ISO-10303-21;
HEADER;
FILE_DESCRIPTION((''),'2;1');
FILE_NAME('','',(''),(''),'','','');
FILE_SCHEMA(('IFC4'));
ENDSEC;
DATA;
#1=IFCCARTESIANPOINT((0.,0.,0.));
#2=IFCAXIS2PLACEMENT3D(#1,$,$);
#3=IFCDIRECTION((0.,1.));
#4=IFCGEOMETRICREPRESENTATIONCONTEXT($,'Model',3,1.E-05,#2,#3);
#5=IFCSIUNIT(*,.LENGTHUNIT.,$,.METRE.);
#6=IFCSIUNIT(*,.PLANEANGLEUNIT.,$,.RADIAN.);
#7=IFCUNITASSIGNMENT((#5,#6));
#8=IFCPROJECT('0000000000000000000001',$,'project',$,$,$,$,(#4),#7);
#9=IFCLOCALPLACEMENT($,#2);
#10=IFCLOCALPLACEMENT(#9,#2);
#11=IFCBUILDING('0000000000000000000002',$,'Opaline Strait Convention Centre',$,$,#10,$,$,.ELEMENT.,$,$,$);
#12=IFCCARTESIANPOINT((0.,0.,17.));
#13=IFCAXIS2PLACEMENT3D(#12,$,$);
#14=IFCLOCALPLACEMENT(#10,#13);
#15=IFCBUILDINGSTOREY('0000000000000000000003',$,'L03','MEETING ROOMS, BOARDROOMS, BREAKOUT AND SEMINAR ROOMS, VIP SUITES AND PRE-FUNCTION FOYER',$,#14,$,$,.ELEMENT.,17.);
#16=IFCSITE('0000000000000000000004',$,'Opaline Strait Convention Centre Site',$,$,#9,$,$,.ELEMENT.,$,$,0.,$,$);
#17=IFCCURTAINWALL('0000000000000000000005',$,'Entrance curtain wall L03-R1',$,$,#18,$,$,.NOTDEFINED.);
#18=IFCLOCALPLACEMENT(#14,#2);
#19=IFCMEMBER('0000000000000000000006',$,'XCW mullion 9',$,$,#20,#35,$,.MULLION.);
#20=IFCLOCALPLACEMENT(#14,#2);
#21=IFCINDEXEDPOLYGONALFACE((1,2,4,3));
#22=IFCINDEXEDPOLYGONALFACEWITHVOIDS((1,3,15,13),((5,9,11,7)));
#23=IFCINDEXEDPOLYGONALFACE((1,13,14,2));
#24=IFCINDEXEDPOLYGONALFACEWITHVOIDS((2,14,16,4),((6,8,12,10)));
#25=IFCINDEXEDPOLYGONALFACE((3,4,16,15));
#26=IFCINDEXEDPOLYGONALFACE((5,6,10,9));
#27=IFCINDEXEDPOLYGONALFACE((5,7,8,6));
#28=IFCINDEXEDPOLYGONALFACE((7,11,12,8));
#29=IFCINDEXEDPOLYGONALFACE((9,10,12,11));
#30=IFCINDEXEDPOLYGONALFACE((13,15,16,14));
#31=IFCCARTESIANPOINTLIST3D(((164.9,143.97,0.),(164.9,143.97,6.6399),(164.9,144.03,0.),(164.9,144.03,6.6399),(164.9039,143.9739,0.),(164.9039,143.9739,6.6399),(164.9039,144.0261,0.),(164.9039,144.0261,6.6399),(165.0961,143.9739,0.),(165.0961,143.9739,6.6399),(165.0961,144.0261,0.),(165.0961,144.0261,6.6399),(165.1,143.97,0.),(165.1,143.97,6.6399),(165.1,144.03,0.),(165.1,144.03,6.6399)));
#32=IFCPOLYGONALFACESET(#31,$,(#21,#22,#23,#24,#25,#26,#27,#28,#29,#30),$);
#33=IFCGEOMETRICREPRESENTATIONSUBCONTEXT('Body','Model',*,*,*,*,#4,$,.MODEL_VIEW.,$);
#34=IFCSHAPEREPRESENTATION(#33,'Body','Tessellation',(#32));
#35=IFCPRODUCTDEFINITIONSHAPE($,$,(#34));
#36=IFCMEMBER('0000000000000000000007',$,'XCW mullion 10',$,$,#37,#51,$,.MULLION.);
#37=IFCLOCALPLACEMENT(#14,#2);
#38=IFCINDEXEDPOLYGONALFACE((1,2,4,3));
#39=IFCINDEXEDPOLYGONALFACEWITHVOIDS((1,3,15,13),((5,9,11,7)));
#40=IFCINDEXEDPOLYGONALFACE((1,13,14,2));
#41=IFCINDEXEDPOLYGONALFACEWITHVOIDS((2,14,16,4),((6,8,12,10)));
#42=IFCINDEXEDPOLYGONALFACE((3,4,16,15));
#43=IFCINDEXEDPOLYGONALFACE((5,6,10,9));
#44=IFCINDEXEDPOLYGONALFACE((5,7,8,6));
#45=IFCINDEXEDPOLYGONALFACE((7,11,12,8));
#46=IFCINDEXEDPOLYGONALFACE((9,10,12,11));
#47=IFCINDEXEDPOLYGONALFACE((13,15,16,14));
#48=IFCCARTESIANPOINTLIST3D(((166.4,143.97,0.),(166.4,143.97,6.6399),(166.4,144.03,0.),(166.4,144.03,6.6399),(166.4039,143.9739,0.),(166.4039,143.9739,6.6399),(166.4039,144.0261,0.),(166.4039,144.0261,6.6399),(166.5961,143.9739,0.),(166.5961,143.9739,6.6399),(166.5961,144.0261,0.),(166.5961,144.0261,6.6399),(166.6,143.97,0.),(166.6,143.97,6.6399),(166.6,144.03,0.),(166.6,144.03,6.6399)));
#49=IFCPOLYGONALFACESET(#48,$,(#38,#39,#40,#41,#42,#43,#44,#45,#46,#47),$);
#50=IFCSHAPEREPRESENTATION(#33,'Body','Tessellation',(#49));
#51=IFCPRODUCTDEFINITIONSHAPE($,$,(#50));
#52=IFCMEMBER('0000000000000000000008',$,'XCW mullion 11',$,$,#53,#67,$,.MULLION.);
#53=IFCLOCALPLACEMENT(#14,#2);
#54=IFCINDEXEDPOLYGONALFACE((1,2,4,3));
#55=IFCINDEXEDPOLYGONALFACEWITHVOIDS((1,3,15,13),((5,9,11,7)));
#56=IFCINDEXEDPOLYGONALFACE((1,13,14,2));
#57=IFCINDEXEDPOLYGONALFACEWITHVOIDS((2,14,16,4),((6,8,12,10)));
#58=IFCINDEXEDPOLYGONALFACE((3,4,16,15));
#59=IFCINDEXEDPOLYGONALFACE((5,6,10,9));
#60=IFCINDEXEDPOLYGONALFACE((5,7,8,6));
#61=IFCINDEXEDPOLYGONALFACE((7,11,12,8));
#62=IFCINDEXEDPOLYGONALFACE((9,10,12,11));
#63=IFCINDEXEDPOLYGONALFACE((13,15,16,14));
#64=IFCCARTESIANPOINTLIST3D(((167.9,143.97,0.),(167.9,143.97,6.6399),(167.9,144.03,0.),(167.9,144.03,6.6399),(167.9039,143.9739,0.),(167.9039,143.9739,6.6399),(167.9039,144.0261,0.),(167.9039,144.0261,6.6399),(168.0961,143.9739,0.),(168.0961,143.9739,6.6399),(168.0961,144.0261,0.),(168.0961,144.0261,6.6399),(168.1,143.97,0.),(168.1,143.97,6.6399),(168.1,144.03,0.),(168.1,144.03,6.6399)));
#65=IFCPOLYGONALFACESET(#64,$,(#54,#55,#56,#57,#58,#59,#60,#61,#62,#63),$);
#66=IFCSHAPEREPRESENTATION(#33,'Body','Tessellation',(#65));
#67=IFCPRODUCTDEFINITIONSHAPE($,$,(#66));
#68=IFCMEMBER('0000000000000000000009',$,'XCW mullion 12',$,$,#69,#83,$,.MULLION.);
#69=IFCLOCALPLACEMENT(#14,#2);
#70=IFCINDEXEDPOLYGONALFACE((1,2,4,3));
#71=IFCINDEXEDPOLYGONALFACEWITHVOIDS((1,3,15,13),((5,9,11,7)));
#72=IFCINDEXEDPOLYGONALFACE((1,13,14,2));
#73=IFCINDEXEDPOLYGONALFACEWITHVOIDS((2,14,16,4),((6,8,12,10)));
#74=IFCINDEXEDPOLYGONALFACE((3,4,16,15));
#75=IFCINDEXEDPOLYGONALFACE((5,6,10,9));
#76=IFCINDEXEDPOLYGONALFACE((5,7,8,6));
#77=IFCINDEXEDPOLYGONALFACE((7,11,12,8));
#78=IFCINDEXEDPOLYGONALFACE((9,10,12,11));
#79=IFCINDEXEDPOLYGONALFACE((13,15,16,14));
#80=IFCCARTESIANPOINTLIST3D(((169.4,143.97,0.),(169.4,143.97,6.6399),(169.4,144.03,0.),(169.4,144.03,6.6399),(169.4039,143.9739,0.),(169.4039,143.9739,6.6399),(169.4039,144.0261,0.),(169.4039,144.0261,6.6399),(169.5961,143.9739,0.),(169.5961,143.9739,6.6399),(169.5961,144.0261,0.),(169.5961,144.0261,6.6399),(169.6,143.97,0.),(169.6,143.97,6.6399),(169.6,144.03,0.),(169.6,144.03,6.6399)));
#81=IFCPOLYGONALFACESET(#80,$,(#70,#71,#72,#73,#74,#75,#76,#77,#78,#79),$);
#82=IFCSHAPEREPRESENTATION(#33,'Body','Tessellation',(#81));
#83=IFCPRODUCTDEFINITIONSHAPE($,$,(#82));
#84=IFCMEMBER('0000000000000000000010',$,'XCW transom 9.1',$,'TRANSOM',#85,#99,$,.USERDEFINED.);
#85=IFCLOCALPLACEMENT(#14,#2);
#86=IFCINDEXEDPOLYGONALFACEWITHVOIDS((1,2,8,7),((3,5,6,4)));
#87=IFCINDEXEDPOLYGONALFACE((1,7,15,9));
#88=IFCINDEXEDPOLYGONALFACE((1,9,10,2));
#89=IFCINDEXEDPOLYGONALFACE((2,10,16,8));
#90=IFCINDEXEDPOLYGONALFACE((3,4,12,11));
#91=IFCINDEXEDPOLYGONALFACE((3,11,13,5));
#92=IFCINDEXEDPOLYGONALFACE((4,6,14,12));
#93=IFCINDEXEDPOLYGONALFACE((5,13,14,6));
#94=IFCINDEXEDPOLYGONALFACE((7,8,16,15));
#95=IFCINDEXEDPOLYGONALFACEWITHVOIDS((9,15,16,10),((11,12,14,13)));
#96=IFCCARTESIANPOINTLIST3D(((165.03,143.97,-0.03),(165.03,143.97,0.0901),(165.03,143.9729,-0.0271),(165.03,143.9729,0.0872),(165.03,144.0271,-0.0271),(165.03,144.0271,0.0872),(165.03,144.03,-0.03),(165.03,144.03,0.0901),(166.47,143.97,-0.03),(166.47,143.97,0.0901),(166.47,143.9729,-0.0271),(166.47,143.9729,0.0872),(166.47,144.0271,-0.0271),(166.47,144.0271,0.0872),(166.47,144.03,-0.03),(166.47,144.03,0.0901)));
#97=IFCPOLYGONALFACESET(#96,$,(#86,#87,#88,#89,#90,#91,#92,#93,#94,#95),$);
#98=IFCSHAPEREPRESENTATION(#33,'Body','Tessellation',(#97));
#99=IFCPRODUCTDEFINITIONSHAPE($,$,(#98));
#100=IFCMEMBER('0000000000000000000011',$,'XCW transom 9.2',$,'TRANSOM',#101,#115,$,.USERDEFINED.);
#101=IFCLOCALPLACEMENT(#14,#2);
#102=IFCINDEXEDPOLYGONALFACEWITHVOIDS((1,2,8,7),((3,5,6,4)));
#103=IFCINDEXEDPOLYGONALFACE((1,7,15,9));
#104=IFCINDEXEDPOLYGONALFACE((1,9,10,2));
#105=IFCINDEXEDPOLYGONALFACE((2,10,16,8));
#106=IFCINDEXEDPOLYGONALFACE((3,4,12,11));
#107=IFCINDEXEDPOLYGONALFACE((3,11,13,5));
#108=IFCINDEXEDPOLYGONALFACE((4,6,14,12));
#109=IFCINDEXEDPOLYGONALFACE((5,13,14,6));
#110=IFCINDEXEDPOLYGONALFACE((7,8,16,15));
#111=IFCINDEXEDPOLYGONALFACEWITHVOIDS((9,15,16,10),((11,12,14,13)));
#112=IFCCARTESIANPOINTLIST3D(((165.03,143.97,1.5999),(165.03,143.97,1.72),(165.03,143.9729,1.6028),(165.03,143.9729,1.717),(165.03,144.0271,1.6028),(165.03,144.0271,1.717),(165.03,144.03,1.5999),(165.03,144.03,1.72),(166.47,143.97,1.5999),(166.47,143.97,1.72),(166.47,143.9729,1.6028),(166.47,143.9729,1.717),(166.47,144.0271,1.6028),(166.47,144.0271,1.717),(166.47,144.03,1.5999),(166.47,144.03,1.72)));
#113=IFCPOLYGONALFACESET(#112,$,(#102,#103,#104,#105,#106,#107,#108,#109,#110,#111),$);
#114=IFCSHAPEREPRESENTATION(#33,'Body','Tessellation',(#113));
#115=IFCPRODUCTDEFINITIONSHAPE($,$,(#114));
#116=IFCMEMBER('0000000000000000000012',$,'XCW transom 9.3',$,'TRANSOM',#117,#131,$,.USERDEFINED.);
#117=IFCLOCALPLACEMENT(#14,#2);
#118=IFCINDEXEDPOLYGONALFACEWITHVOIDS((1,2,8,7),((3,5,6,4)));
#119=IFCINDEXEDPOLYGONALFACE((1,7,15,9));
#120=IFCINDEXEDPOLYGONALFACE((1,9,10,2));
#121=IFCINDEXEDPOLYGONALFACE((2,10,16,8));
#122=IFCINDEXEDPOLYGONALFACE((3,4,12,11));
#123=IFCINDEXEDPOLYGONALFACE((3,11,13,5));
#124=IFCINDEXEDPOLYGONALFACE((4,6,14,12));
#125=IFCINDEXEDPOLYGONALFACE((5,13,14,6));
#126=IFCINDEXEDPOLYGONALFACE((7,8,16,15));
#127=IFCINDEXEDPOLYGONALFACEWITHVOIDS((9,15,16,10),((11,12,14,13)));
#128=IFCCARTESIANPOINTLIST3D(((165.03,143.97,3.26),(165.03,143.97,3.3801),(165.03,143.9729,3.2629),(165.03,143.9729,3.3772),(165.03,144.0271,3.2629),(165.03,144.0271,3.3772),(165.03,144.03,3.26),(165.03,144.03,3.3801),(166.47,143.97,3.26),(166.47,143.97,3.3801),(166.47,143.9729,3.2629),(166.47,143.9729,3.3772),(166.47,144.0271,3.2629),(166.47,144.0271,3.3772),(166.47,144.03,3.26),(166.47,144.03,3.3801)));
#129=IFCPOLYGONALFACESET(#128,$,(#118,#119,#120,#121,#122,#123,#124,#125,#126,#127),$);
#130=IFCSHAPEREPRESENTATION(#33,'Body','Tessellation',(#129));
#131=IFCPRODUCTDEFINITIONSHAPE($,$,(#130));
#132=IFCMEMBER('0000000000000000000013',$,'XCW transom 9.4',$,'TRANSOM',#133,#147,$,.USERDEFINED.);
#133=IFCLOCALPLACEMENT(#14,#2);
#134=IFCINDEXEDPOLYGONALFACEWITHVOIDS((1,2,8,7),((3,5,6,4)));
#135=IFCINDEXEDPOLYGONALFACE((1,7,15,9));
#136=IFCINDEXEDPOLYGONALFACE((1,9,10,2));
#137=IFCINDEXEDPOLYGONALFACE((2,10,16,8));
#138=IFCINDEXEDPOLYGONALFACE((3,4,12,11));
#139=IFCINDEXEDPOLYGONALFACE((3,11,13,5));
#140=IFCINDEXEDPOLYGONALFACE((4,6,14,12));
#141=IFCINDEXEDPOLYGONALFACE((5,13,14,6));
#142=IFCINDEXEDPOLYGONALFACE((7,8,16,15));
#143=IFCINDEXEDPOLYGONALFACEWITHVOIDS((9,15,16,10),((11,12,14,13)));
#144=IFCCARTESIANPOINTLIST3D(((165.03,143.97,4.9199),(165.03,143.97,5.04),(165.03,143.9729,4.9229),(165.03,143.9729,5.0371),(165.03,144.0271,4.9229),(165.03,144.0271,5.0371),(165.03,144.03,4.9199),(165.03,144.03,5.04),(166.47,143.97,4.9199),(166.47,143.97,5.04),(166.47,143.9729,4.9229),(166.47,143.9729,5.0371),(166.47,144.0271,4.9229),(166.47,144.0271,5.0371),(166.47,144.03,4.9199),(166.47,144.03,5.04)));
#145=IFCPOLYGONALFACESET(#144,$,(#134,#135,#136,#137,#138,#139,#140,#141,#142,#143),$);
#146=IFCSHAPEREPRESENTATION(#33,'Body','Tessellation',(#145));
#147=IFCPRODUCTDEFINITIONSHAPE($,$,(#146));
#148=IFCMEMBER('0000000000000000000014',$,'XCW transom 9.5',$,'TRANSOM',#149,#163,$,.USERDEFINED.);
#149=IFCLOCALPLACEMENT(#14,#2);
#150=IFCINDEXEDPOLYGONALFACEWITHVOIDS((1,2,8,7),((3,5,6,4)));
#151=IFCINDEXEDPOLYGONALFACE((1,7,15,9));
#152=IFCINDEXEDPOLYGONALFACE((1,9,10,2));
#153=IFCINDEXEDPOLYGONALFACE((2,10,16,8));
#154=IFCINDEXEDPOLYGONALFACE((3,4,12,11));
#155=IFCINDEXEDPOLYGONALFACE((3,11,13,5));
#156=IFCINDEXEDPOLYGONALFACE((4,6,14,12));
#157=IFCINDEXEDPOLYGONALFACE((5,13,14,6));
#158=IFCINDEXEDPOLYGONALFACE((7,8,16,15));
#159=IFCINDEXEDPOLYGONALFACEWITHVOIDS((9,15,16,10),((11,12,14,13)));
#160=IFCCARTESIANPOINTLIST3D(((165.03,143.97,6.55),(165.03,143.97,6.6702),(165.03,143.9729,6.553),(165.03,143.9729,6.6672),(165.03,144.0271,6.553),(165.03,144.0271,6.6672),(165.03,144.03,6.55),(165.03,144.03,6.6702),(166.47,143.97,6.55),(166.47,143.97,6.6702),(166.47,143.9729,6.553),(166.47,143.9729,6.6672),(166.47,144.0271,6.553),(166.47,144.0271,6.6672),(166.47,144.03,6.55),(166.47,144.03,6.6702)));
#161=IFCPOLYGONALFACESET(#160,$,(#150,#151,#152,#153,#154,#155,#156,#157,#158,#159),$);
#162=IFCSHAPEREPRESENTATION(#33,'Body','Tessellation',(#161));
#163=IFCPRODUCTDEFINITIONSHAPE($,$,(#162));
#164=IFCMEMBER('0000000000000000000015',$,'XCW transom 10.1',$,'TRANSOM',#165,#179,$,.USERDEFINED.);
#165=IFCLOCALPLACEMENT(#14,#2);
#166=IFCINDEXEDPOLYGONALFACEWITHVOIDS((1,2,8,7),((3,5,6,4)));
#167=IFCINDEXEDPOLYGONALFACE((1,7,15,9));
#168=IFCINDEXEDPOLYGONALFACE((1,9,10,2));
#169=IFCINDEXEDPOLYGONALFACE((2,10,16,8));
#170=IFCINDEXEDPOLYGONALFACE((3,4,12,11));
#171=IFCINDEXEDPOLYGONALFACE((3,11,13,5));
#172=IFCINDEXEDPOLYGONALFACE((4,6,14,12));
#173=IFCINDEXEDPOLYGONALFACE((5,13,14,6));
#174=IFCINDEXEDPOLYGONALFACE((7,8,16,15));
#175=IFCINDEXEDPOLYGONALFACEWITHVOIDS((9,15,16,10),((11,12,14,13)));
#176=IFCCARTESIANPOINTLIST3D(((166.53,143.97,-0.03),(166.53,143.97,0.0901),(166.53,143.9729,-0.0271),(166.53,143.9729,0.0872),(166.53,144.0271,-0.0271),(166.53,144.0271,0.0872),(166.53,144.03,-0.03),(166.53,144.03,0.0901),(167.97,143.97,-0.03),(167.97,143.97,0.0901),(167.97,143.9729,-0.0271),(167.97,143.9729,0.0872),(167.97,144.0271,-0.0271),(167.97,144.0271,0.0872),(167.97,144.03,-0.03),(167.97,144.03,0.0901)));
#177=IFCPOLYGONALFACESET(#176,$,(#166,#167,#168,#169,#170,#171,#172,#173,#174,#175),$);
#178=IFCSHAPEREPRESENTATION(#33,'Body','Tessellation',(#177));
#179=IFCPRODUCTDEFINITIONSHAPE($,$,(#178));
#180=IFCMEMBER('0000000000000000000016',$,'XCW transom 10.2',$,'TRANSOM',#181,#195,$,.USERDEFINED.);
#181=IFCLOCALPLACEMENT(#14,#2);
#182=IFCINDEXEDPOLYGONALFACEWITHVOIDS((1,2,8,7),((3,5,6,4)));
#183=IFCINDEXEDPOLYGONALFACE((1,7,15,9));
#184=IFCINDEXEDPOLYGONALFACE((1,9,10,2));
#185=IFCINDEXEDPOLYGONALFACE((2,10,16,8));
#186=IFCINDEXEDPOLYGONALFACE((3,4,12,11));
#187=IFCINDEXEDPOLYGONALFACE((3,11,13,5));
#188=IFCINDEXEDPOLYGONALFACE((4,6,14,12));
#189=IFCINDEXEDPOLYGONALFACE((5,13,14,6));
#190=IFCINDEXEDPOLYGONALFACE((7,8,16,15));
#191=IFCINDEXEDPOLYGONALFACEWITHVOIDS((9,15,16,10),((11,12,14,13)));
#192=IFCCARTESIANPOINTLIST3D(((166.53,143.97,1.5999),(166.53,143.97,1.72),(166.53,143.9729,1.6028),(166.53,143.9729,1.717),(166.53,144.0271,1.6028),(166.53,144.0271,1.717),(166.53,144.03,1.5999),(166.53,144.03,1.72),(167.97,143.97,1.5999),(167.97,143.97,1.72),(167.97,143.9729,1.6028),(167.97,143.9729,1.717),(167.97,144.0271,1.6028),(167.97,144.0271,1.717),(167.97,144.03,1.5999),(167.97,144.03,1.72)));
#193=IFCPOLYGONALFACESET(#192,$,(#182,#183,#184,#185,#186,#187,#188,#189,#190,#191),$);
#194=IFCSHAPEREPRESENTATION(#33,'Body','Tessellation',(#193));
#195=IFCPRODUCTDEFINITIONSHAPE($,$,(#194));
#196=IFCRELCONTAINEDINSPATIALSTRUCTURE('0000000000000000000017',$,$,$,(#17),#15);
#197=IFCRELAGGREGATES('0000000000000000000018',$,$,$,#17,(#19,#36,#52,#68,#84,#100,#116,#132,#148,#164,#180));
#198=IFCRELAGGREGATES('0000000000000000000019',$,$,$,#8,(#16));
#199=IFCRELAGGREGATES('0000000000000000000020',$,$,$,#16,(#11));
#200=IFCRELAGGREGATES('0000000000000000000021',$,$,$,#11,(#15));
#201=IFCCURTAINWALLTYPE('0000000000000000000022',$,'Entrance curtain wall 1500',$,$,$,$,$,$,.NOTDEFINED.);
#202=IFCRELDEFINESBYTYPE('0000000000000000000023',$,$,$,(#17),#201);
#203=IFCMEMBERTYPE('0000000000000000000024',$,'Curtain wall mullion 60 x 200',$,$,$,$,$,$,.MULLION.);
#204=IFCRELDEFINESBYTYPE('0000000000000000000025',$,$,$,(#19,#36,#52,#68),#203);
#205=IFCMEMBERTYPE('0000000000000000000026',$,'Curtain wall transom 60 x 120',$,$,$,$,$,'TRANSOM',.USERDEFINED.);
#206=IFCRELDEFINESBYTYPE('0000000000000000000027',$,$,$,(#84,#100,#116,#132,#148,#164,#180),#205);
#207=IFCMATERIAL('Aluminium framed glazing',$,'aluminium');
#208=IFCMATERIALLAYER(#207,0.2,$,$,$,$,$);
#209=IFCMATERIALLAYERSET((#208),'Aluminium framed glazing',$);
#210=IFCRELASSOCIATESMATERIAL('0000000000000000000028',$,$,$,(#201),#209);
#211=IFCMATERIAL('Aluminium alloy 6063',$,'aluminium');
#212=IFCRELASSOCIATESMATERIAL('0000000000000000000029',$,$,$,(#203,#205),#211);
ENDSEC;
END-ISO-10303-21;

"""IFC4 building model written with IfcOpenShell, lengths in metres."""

from ifc_helpers import new_model, si_unit, direction, frame, origin, origin_2d, place, context, subcontext, project, spatial, hollow_rectangle, extrude, material, layer, layer_set, material_profile, profile_set, type_object, element, aggregate, save


model = new_model("IFC4")

# Units and contexts
model_context = context("Model", 3, precision=1e-05, world=origin(), true_north=direction((0.0, 1.0)))
body_context = subcontext(model_context, "Body", "Model", "MODEL_VIEW")
ifc_project = project(units=[si_unit("LENGTHUNIT", "METRE"), si_unit("PLANEANGLEUNIT", "RADIAN")], contexts=[model_context])

# Site, building, storey
site_placement = place(None, origin())
site = spatial("IfcSite", under=ifc_project, at=site_placement, Name="Opaline Strait Convention Centre Site", CompositionType="ELEMENT", RefElevation=0.0)
building_placement = place(site_placement, origin())
building = spatial("IfcBuilding", under=site, at=building_placement, Name="Opaline Strait Convention Centre", CompositionType="ELEMENT")
storey_placement = place(building_placement, frame((0.0, 0.0, 17.0)))
storey = spatial("IfcBuildingStorey", under=building, at=storey_placement, Name="L03", Description="MEETING ROOMS, BOARDROOMS, BREAKOUT AND SEMINAR ROOMS, VIP SUITES AND PRE-FUNCTION FOYER", CompositionType="ELEMENT", Elevation=17.0)

# Curtain wall, members
ifc_material_1 = material(Name="Aluminium framed glazing", Category="aluminium")
ifc_layer_1 = layer(ifc_material_1, 0.2)
ifc_layer_set_1 = layer_set([ifc_layer_1], Name="Aluminium framed glazing")
curtain_wall_type = type_object("IfcCurtainWallType", Name="Entrance curtain wall 1500", PredefinedType="NOTDEFINED", material=ifc_layer_set_1)
curtain_wall_placement = place(storey_placement, origin())
curtain_wall = element("IfcCurtainWall", 1, at=curtain_wall_placement, inside=storey, type_object=curtain_wall_type, Name="Entrance curtain wall L03-R1", PredefinedType="NOTDEFINED")
ifc_material_2 = material(Name="Aluminium alloy 6063", Category="aluminium")
ifc_material_profile_1 = material_profile(ifc_material_2, hollow_rectangle(XDim=0.0601, YDim=0.2, WallThickness=0.0039, at=origin_2d()), Name="MULLION 60x200x4")
ifc_profile_set_1 = profile_set([ifc_material_profile_1], Name="Aluminium alloy 6063")
member_type_1 = type_object("IfcMemberType", Name="Curtain wall mullion 60 x 200", PredefinedType="MULLION", material=ifc_profile_set_1)
member_1_placement = place(storey_placement, frame((165.0, 144.0, 0.0), z_axis=(0.0, 0.0, 1.0), x_axis=(0.0, 1.0, 0.0)))
member_1 = element("IfcMember", 2, at=member_1_placement, type_object=member_type_1, Name="XCW mullion 9", PredefinedType="MULLION", context=body_context, shape_type="SweptSolid", body=[
    extrude(hollow_rectangle(XDim=0.0601, YDim=0.2, WallThickness=0.0039, at=origin_2d()), origin(), (0.0, 0.0, 1.0), 6.6399),
])
member_2_placement = place(storey_placement, frame((166.5, 144.0, 0.0), z_axis=(0.0, 0.0, 1.0), x_axis=(0.0, 1.0, 0.0)))
member_2 = element("IfcMember", 3, at=member_2_placement, type_object=member_type_1, Name="XCW mullion 10", PredefinedType="MULLION", context=body_context, shape_type="SweptSolid", body=[
    extrude(hollow_rectangle(XDim=0.0601, YDim=0.2, WallThickness=0.0039, at=origin_2d()), origin(), (0.0, 0.0, 1.0), 6.6399),
])
member_3_placement = place(storey_placement, frame((168.0, 144.0, 0.0), z_axis=(0.0, 0.0, 1.0), x_axis=(0.0, 1.0, 0.0)))
member_3 = element("IfcMember", 4, at=member_3_placement, type_object=member_type_1, Name="XCW mullion 11", PredefinedType="MULLION", context=body_context, shape_type="SweptSolid", body=[
    extrude(hollow_rectangle(XDim=0.0601, YDim=0.2, WallThickness=0.0039, at=origin_2d()), origin(), (0.0, 0.0, 1.0), 6.6399),
])
member_4_placement = place(storey_placement, frame((169.5, 144.0, 0.0), z_axis=(0.0, 0.0, 1.0), x_axis=(0.0, 1.0, 0.0)))
member_4 = element("IfcMember", 5, at=member_4_placement, type_object=member_type_1, Name="XCW mullion 12", PredefinedType="MULLION", context=body_context, shape_type="SweptSolid", body=[
    extrude(hollow_rectangle(XDim=0.0601, YDim=0.2, WallThickness=0.0039, at=origin_2d()), origin(), (0.0, 0.0, 1.0), 6.6399),
])
ifc_material_profile_2 = material_profile(ifc_material_2, hollow_rectangle(XDim=0.0601, YDim=0.1201, WallThickness=0.0029, at=origin_2d()), Name="TRANSOM 60x120x3")
ifc_profile_set_2 = profile_set([ifc_material_profile_2], Name="Aluminium alloy 6063")
member_type_2 = type_object("IfcMemberType", Name="Curtain wall transom 60 x 120", ElementType="TRANSOM", PredefinedType="USERDEFINED", material=ifc_profile_set_2)
member_5_placement = place(storey_placement, frame((165.03, 144.0, 0.03), z_axis=(1.0, 0.0, 0.0), x_axis=(0.0, 1.0, 0.0)))
member_5 = element("IfcMember", 6, at=member_5_placement, type_object=member_type_2, Name="XCW transom 9.1", ObjectType="TRANSOM", PredefinedType="USERDEFINED", context=body_context, shape_type="SweptSolid", body=[
    extrude(hollow_rectangle(XDim=0.0601, YDim=0.1201, WallThickness=0.0029, at=origin_2d()), origin(), (0.0, 0.0, 1.0), 1.4399),
])
member_6_placement = place(storey_placement, frame((165.03, 144.0, 1.6599), z_axis=(1.0, 0.0, 0.0), x_axis=(0.0, 1.0, 0.0)))
member_6 = element("IfcMember", 7, at=member_6_placement, type_object=member_type_2, Name="XCW transom 9.2", ObjectType="TRANSOM", PredefinedType="USERDEFINED", context=body_context, shape_type="SweptSolid", body=[
    extrude(hollow_rectangle(XDim=0.0601, YDim=0.1201, WallThickness=0.0029, at=origin_2d()), origin(), (0.0, 0.0, 1.0), 1.4399),
])
member_7_placement = place(storey_placement, frame((165.03, 144.0, 3.3201), z_axis=(1.0, 0.0, 0.0), x_axis=(0.0, 1.0, 0.0)))
member_7 = element("IfcMember", 8, at=member_7_placement, type_object=member_type_2, Name="XCW transom 9.3", ObjectType="TRANSOM", PredefinedType="USERDEFINED", context=body_context, shape_type="SweptSolid", body=[
    extrude(hollow_rectangle(XDim=0.0601, YDim=0.1201, WallThickness=0.0029, at=origin_2d()), origin(), (0.0, 0.0, 1.0), 1.4399),
])
member_8_placement = place(storey_placement, frame((165.03, 144.0, 4.98), z_axis=(1.0, 0.0, 0.0), x_axis=(0.0, 1.0, 0.0)))
member_8 = element("IfcMember", 9, at=member_8_placement, type_object=member_type_2, Name="XCW transom 9.4", ObjectType="TRANSOM", PredefinedType="USERDEFINED", context=body_context, shape_type="SweptSolid", body=[
    extrude(hollow_rectangle(XDim=0.0601, YDim=0.1201, WallThickness=0.0029, at=origin_2d()), origin(), (0.0, 0.0, 1.0), 1.4399),
])
member_9_placement = place(storey_placement, frame((165.03, 144.0, 6.6101), z_axis=(1.0, 0.0, 0.0), x_axis=(0.0, 1.0, 0.0)))
member_9 = element("IfcMember", 10, at=member_9_placement, type_object=member_type_2, Name="XCW transom 9.5", ObjectType="TRANSOM", PredefinedType="USERDEFINED", context=body_context, shape_type="SweptSolid", body=[
    extrude(hollow_rectangle(XDim=0.0601, YDim=0.1201, WallThickness=0.0029, at=origin_2d()), origin(), (0.0, 0.0, 1.0), 1.4399),
])
member_10_placement = place(storey_placement, frame((166.53, 144.0, 0.03), z_axis=(1.0, 0.0, 0.0), x_axis=(0.0, 1.0, 0.0)))
member_10 = element("IfcMember", 11, at=member_10_placement, type_object=member_type_2, Name="XCW transom 10.1", ObjectType="TRANSOM", PredefinedType="USERDEFINED", context=body_context, shape_type="SweptSolid", body=[
    extrude(hollow_rectangle(XDim=0.0601, YDim=0.1201, WallThickness=0.0029, at=origin_2d()), origin(), (0.0, 0.0, 1.0), 1.4399),
])
member_11_placement = place(storey_placement, frame((166.53, 144.0, 1.6599), z_axis=(1.0, 0.0, 0.0), x_axis=(0.0, 1.0, 0.0)))
member_11 = element("IfcMember", 12, at=member_11_placement, type_object=member_type_2, Name="XCW transom 10.2", ObjectType="TRANSOM", PredefinedType="USERDEFINED", context=body_context, shape_type="SweptSolid", body=[
    extrude(hollow_rectangle(XDim=0.0601, YDim=0.1201, WallThickness=0.0029, at=origin_2d()), origin(), (0.0, 0.0, 1.0), 1.4399),
])
aggregate(curtain_wall, [member_1, member_2, member_3, member_4, member_5, member_6, member_7, member_8, member_9, member_10, member_11])

save(model, "model.ifc")
